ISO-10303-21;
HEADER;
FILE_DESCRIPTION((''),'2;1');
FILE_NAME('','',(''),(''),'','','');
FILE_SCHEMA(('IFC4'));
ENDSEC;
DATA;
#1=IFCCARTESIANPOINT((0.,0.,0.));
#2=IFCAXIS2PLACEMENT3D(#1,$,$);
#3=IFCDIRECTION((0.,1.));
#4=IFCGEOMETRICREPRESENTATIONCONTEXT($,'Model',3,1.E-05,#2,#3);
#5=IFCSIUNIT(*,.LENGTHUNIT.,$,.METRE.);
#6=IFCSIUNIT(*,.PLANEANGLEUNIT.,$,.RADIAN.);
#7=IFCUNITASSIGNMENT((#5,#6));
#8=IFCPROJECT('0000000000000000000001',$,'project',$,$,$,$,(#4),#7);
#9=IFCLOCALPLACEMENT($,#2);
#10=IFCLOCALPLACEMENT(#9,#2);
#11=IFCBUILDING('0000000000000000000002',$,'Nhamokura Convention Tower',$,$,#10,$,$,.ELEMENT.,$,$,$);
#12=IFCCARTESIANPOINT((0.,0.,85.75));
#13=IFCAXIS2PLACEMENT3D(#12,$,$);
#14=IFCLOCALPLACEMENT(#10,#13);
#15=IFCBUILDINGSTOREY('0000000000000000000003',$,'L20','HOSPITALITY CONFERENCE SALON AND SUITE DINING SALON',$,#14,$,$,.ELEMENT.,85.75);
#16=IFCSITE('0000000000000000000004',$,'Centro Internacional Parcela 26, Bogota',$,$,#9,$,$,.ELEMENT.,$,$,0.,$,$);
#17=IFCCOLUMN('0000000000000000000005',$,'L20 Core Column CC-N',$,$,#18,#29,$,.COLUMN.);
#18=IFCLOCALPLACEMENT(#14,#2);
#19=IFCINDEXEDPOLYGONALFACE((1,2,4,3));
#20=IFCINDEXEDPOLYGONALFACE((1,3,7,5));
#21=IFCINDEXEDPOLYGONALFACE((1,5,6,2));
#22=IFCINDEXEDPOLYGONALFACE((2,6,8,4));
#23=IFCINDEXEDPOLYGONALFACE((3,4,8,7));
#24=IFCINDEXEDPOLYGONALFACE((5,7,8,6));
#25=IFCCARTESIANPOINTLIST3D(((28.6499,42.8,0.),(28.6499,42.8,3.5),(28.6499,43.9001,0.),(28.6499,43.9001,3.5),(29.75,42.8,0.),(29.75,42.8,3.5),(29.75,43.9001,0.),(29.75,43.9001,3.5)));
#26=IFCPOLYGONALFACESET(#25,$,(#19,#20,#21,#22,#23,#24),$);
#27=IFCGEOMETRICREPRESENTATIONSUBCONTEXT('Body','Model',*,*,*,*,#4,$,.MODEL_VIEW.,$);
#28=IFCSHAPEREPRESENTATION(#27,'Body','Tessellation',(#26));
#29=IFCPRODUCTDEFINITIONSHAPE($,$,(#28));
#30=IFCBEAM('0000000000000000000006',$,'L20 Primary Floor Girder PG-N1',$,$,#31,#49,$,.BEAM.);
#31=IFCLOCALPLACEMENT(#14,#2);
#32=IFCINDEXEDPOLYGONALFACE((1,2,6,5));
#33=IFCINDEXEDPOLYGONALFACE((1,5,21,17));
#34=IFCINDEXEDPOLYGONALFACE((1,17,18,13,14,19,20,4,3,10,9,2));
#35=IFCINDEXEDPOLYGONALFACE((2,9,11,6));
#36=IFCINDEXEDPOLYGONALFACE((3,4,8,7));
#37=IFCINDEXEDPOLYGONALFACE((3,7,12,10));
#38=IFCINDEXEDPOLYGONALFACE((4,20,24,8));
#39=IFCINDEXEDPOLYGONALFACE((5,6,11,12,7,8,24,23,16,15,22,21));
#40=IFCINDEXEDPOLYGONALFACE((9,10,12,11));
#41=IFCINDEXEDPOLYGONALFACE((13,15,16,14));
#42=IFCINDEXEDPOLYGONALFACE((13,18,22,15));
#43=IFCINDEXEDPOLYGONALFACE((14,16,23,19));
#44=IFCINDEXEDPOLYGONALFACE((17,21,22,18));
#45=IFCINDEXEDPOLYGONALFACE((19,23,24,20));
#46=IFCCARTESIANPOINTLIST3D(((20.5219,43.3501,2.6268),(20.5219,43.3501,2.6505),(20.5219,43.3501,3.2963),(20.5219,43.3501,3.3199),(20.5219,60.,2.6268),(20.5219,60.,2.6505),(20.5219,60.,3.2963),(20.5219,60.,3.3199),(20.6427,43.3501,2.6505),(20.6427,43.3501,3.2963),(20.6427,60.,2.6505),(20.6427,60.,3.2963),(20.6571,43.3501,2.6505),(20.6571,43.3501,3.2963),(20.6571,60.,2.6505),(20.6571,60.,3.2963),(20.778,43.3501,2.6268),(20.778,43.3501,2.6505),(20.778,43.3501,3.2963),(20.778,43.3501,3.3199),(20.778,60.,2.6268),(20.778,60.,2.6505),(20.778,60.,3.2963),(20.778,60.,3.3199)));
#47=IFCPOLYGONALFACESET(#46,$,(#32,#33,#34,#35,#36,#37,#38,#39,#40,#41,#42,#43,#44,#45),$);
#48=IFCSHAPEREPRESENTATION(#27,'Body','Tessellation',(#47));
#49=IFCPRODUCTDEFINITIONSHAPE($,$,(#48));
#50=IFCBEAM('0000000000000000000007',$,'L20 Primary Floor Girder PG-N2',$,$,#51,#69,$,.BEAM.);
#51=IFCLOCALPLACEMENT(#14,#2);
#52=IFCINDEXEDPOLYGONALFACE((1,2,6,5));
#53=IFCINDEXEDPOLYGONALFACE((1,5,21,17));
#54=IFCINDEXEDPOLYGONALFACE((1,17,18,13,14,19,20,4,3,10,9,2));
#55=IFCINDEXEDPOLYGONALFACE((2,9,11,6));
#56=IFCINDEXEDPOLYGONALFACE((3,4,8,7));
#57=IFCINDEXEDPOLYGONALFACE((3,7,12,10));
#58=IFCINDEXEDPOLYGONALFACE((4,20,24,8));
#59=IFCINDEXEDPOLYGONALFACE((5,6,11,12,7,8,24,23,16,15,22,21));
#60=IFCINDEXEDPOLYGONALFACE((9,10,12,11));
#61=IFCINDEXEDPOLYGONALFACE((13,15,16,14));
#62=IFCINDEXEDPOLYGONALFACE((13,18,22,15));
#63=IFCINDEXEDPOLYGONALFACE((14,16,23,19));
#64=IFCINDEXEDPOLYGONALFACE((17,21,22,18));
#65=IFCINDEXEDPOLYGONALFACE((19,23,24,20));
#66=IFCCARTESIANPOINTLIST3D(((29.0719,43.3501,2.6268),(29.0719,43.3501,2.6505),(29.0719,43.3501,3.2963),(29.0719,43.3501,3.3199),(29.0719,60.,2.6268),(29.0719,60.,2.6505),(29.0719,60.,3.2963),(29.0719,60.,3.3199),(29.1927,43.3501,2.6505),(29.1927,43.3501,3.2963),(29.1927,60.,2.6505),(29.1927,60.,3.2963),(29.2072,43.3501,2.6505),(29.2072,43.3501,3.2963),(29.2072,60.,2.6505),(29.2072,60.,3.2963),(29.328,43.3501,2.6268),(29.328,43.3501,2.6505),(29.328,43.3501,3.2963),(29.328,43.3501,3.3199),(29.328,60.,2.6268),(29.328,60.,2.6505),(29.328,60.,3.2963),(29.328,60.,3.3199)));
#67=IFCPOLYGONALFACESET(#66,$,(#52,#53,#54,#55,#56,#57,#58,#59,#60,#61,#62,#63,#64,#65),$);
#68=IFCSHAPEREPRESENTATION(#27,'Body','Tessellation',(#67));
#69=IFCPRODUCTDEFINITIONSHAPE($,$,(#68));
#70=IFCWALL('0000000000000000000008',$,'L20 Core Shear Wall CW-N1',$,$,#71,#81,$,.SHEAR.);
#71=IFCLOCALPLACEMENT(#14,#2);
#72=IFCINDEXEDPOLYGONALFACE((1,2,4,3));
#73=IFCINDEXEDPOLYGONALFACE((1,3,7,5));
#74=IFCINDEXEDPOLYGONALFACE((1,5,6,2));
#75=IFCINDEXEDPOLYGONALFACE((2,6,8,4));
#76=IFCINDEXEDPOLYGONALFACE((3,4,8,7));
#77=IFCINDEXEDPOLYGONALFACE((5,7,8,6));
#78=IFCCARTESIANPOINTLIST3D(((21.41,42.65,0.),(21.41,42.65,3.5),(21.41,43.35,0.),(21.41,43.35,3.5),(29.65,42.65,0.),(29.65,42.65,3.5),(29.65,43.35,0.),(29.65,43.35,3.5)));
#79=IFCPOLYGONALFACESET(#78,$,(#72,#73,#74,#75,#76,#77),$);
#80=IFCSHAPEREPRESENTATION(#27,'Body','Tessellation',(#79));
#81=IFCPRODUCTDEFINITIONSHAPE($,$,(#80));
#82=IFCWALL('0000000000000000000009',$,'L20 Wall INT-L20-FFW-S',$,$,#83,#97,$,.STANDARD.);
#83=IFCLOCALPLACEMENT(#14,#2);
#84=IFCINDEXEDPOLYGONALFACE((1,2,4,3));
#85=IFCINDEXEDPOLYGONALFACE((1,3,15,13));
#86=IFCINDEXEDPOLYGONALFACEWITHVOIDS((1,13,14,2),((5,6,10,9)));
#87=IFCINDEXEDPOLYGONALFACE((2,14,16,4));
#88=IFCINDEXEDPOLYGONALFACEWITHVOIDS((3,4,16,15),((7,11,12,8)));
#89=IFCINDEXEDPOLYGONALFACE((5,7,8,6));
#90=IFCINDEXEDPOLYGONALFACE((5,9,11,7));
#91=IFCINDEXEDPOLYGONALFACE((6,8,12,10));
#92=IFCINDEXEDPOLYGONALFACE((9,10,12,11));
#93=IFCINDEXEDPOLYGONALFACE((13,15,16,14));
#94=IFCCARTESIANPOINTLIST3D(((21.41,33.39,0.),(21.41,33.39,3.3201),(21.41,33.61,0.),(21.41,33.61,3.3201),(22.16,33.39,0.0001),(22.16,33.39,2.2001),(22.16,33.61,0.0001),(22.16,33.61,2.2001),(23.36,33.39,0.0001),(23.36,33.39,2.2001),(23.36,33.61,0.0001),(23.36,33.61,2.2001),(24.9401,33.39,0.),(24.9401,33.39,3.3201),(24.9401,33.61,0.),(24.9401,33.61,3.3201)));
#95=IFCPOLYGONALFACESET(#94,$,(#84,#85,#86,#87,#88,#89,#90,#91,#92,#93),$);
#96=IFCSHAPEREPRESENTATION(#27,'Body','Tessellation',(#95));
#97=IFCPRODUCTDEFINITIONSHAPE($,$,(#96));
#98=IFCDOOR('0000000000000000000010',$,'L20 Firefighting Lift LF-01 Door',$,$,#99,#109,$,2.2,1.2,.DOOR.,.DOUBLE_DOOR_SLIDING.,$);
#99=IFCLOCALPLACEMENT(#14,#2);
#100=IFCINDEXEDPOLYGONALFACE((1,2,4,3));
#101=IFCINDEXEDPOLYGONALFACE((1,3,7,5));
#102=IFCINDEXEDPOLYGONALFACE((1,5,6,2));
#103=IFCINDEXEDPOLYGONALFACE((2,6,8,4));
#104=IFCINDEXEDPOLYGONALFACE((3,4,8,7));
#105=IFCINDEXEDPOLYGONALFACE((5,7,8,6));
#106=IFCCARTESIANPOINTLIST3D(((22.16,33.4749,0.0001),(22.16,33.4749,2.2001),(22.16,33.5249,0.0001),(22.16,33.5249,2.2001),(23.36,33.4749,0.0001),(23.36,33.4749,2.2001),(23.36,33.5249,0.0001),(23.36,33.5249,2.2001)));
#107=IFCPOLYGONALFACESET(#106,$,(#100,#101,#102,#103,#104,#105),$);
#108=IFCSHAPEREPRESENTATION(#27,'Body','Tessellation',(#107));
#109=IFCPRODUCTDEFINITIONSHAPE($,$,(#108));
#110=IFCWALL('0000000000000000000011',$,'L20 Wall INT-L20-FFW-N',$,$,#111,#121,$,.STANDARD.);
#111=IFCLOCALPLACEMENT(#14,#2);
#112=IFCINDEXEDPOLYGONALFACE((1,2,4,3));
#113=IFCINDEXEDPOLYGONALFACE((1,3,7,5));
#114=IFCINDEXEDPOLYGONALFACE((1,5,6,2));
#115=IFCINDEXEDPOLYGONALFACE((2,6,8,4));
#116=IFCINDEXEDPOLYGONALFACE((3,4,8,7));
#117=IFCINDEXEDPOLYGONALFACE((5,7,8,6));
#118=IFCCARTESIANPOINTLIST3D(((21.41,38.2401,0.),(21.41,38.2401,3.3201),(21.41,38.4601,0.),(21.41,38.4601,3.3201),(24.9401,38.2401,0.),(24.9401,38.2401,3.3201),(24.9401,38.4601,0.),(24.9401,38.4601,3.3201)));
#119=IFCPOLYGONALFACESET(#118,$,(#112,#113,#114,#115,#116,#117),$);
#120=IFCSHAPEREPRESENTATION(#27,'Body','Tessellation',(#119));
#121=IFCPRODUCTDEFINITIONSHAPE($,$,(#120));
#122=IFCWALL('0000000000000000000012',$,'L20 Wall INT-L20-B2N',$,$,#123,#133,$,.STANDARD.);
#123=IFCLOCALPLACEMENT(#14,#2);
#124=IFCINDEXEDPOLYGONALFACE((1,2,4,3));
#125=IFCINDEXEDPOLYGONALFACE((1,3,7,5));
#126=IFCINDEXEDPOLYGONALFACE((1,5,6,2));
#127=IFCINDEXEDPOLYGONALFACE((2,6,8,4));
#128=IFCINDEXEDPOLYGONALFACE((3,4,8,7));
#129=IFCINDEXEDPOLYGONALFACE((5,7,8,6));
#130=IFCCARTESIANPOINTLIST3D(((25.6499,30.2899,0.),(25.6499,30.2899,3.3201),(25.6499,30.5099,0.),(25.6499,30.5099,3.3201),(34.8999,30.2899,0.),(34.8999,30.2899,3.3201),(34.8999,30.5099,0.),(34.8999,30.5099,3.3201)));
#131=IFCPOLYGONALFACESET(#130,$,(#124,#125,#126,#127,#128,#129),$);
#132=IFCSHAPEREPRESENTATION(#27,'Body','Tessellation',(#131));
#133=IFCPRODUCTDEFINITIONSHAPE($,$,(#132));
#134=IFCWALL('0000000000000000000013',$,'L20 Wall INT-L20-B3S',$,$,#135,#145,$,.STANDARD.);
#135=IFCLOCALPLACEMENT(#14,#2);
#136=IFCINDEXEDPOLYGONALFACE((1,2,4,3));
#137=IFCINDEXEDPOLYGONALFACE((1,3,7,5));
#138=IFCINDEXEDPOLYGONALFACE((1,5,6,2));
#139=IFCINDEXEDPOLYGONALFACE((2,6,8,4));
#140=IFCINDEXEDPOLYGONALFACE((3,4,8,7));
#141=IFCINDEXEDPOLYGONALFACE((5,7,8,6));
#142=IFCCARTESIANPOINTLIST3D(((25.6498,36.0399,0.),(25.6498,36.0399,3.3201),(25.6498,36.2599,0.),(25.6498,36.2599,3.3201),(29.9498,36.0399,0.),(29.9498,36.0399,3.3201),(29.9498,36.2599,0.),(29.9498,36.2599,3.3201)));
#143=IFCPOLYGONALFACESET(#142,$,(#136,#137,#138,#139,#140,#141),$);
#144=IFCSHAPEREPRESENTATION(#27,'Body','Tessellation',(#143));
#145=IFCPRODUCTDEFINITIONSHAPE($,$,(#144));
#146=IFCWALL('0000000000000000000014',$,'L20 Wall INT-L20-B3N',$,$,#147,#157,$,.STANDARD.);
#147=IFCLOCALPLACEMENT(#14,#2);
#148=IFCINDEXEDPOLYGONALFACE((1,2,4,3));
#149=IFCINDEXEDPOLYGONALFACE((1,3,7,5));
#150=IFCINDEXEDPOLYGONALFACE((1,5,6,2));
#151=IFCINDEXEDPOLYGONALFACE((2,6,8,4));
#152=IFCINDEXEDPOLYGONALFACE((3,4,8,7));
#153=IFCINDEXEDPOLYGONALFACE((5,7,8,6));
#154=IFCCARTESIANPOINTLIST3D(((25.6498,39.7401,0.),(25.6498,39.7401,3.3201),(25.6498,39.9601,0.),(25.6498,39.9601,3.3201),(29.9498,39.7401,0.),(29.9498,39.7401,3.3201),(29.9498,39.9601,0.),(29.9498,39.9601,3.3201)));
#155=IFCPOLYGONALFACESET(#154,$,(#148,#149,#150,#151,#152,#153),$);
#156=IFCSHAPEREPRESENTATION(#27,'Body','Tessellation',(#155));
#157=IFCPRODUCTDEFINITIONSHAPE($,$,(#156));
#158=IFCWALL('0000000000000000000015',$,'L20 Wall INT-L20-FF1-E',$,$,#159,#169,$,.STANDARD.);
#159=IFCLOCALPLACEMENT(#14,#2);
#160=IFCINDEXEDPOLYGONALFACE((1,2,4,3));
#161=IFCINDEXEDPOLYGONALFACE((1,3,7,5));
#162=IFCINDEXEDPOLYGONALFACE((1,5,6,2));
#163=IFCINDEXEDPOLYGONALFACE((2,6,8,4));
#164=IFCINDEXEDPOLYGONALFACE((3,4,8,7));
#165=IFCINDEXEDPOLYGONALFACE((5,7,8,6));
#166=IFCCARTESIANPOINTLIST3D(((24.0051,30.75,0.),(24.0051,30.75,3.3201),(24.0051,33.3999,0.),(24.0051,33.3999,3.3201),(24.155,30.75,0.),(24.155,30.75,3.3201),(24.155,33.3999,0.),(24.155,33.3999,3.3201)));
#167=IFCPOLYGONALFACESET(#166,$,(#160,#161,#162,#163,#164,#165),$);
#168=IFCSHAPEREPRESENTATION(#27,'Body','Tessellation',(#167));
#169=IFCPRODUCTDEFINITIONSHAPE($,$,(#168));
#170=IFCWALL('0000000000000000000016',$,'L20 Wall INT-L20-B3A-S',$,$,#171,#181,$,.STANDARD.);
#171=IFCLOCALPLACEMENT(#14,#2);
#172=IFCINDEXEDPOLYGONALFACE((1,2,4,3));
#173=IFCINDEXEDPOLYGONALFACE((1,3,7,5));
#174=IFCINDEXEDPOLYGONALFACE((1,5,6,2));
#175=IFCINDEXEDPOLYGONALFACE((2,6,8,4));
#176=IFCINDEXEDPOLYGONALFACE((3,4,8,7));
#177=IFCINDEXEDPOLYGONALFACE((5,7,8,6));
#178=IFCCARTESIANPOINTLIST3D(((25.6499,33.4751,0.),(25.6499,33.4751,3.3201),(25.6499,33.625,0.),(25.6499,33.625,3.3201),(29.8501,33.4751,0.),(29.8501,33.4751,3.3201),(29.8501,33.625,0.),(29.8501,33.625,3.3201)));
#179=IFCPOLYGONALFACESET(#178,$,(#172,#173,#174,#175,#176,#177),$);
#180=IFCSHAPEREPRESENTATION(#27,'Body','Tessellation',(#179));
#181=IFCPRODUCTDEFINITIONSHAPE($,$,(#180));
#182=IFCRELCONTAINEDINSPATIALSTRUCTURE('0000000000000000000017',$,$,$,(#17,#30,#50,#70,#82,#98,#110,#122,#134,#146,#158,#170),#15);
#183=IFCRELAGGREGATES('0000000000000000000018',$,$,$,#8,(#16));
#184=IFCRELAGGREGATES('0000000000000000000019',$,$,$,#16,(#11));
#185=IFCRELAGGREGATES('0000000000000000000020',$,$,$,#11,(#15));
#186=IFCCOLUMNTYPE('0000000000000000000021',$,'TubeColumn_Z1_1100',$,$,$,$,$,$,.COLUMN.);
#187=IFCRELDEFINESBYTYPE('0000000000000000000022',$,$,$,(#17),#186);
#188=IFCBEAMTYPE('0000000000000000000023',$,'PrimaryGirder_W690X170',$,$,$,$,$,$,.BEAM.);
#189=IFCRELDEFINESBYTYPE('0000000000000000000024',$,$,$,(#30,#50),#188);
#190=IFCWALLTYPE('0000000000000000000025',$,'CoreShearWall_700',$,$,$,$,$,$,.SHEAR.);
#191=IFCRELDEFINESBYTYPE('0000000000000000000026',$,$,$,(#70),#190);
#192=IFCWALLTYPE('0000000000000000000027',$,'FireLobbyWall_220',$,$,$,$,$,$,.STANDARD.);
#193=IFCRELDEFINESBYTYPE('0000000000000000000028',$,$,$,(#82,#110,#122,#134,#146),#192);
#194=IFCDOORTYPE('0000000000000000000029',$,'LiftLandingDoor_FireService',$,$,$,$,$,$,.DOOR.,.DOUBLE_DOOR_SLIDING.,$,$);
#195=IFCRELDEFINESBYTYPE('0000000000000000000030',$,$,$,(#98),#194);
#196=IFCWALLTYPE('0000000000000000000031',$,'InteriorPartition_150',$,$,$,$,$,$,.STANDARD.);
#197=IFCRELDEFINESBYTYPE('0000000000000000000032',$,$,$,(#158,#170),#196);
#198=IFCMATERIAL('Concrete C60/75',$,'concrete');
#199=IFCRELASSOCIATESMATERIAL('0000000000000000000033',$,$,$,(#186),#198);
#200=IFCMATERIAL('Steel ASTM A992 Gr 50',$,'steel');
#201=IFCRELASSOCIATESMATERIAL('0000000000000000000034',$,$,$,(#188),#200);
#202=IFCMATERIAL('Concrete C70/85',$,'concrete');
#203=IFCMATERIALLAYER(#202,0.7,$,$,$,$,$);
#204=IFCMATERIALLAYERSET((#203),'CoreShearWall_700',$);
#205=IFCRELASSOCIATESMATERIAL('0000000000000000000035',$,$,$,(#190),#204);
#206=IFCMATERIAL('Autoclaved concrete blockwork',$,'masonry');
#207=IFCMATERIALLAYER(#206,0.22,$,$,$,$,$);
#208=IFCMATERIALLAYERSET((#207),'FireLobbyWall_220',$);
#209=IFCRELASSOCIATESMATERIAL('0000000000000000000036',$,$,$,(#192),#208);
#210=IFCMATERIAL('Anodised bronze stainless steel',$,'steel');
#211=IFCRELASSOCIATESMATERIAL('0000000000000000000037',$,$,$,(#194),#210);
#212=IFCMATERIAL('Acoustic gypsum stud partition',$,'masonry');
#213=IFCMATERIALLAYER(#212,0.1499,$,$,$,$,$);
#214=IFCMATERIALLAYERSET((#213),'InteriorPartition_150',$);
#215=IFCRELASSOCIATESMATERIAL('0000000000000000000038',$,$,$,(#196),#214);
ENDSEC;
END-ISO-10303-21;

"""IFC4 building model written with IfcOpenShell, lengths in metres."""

from ifc_helpers import new_model, si_unit, direction, frame, frame_2d, origin, origin_2d, place, context, subcontext, project, spatial, rectangle, i_section, extrude, material, layer, layer_set, material_profile, profile_set, type_object, element, fill, save


model = new_model("IFC4")

# Units and contexts
model_context = context("Model", 3, precision=1e-05, world=origin(), true_north=direction((0.0, 1.0)))
body_context = subcontext(model_context, "Body", "Model", "MODEL_VIEW")
ifc_project = project(units=[si_unit("LENGTHUNIT", "METRE"), si_unit("PLANEANGLEUNIT", "RADIAN")], contexts=[model_context])

# Site, building, storey
site_placement = place(None, origin())
site = spatial("IfcSite", under=ifc_project, at=site_placement, Name="Centro Internacional Parcela 26, Bogota", CompositionType="ELEMENT", RefElevation=0.0)
building_placement = place(site_placement, origin())
building = spatial("IfcBuilding", under=site, at=building_placement, Name="Nhamokura Convention Tower", CompositionType="ELEMENT")
storey_placement = place(building_placement, frame((0.0, 0.0, 85.75)))
storey = spatial("IfcBuildingStorey", under=building, at=storey_placement, Name="L20", Description="HOSPITALITY CONFERENCE SALON AND SUITE DINING SALON", CompositionType="ELEMENT", Elevation=85.75)

# Column
ifc_material_1 = material(Name="Concrete C60/75", Category="concrete")
ifc_material_profile_1 = material_profile(ifc_material_1, rectangle(XDim=1.1001, YDim=1.1001, at=origin_2d()))
ifc_profile_set_1 = profile_set([ifc_material_profile_1], Name="Concrete C60/75")
column_type = type_object("IfcColumnType", Name="TubeColumn_Z1_1100", PredefinedType="COLUMN", material=ifc_profile_set_1)
column_placement = place(storey_placement, frame((29.2, 43.3501, 0.0), z_axis=(0.0, 0.0, 1.0), x_axis=(1.0, 0.0, 0.0)))
element("IfcColumn", 1, at=column_placement, inside=storey, type_object=column_type, Name="L20 Core Column CC-N", PredefinedType="COLUMN", context=body_context, shape_type="SweptSolid", body=[
    extrude(rectangle(XDim=1.1001, YDim=1.1001, at=origin_2d()), origin(), (0.0, 0.0, 1.0), 3.5),
])

# Beams
ifc_material_2 = material(Name="Steel ASTM A992 Gr 50", Category="steel")
ifc_material_profile_2 = material_profile(ifc_material_2, i_section(OverallWidth=0.2561, OverallDepth=0.6931, WebThickness=0.0144, FlangeThickness=0.0237, at=origin_2d()))
ifc_profile_set_2 = profile_set([ifc_material_profile_2], Name="Steel ASTM A992 Gr 50")
beam_type = type_object("IfcBeamType", Name="PrimaryGirder_W690X170", PredefinedType="BEAM", material=ifc_profile_set_2)
for number, where, z_axis, x_axis, name in (
    (2, (20.6499, 43.3501, 2.9734), (0.0, 1.0, 0.0), (-1.0, 0.0, 0.0), "L20 Primary Floor Girder PG-N1"),
    (3, (29.2, 43.3501, 2.9734), (0.0, 1.0, 0.0), (-1.0, 0.0, 0.0), "L20 Primary Floor Girder PG-N2"),
):
    element("IfcBeam", number, at=place(storey_placement, frame(where, z_axis=z_axis, x_axis=x_axis)), inside=storey, type_object=beam_type, Name=name, PredefinedType="BEAM", context=body_context, shape_type="SweptSolid", body=[
        extrude(i_section(OverallWidth=0.2561, OverallDepth=0.6931, WebThickness=0.0144, FlangeThickness=0.0237, at=origin_2d()), origin(), (0.0, 0.0, 1.0), 16.6499),
    ])

# Shared definitions
ifc_material_3 = material(Name="Concrete C70/85", Category="concrete")
ifc_layer_1 = layer(ifc_material_3, 0.7)
ifc_layer_set_1 = layer_set([ifc_layer_1], Name="CoreShearWall_700")
wall_type_1 = type_object("IfcWallType", Name="CoreShearWall_700", PredefinedType="SHEAR", material=ifc_layer_set_1)

# Wall
wall_1_placement = place(storey_placement, frame((21.4099, 43.0, 0.0), z_axis=(0.0, 0.0, 1.0), x_axis=(1.0, 0.0, 0.0)))
element("IfcWall", 4, at=wall_1_placement, inside=storey, type_object=wall_type_1, Name="L20 Core Shear Wall CW-N1", PredefinedType="SHEAR", context=body_context, shape_type="SweptSolid", body=[
    extrude(rectangle(XDim=8.24, YDim=0.7, at=frame_2d((4.1201, 0.0))), origin(), (0.0, 0.0, 1.0), 3.5),
])

# Wall, opening, door
ifc_material_4 = material(Name="Autoclaved concrete blockwork", Category="masonry")
ifc_layer_2 = layer(ifc_material_4, 0.22)
ifc_layer_set_2 = layer_set([ifc_layer_2], Name="FireLobbyWall_220")
wall_type_2 = type_object("IfcWallType", Name="FireLobbyWall_220", PredefinedType="STANDARD", material=ifc_layer_set_2)
wall_2_placement = place(storey_placement, frame((21.4099, 33.5, 0.0), z_axis=(0.0, 0.0, 1.0), x_axis=(1.0, 0.0, 0.0)))
wall_2 = element("IfcWall", 5, at=wall_2_placement, inside=storey, type_object=wall_type_2, Name="L20 Wall INT-L20-FFW-S", PredefinedType="STANDARD", context=body_context, shape_type="SweptSolid", body=[
    extrude(rectangle(XDim=3.53, YDim=0.22, at=frame_2d((1.7651, 0.0))), origin(), (0.0, 0.0, 1.0), 3.3201),
])
opening_1_placement = place(wall_2_placement, frame((0.75, 0.0, 0.0)))
opening_1 = element("IfcOpeningElement", 6, at=opening_1_placement, cuts=wall_2, PredefinedType="OPENING", context=body_context, shape_type="SweptSolid", body=[
    extrude(rectangle(XDim=1.2, YDim=2.2, at=frame_2d((0.6001, 1.1001))), frame((0.0, 0.1199, 0.0), z_axis=(0.0, -1.0, 0.0), x_axis=(1.0, 0.0, 0.0)), (0.0, 0.0, 1.0), 0.24),
])
ifc_material_5 = material(Name="Anodised bronze stainless steel", Category="steel")
door_type_1 = type_object("IfcDoorType", Name="LiftLandingDoor_FireService", OperationType="DOUBLE_DOOR_SLIDING", PredefinedType="DOOR", material=ifc_material_5)
door_1_placement = place(opening_1_placement, origin())
door_1 = element("IfcDoor", 7, at=door_1_placement, inside=storey, type_object=door_type_1, Name="L20 Firefighting Lift LF-01 Door", OperationType="DOUBLE_DOOR_SLIDING", OverallHeight=2.2, OverallWidth=1.2, PredefinedType="DOOR", context=body_context, shape_type="SweptSolid", body=[
    extrude(rectangle(XDim=1.2, YDim=2.2, at=frame_2d((0.6001, 1.1001))), frame((0.0, 0.0249, 0.0), z_axis=(0.0, -1.0, 0.0), x_axis=(1.0, 0.0, 0.0)), (0.0, 0.0, 1.0), 0.05),
])
fill(opening_1, door_1)

# Walls
wall_3_placement = place(storey_placement, frame((21.4099, 38.3501, 0.0), z_axis=(0.0, 0.0, 1.0), x_axis=(1.0, 0.0, 0.0)))
element("IfcWall", 8, at=wall_3_placement, inside=storey, type_object=wall_type_2, Name="L20 Wall INT-L20-FFW-N", PredefinedType="STANDARD", context=body_context, shape_type="SweptSolid", body=[
    extrude(rectangle(XDim=3.53, YDim=0.22, at=frame_2d((1.7651, 0.0))), origin(), (0.0, 0.0, 1.0), 3.3201),
])
wall_4_placement = place(storey_placement, frame((25.6499, 30.3999, 0.0), z_axis=(0.0, 0.0, 1.0), x_axis=(1.0, 0.0, 0.0)))
element("IfcWall", 9, at=wall_4_placement, inside=storey, type_object=wall_type_2, Name="L20 Wall INT-L20-B2N", PredefinedType="STANDARD", context=body_context, shape_type="SweptSolid", body=[
    extrude(rectangle(XDim=9.25, YDim=0.22, at=frame_2d((4.625, 0.0))), origin(), (0.0, 0.0, 1.0), 3.3201),
])
for number, where, z_axis, x_axis, name in (
    (10, (25.6499, 36.1499, 0.0), (0.0, 0.0, 1.0), (1.0, 0.0, 0.0), "L20 Wall INT-L20-B3S"),
    (11, (25.6499, 39.8501, 0.0), (0.0, 0.0, 1.0), (1.0, 0.0, 0.0), "L20 Wall INT-L20-B3N"),
):
    element("IfcWall", number, at=place(storey_placement, frame(where, z_axis=z_axis, x_axis=x_axis)), inside=storey, type_object=wall_type_2, Name=name, PredefinedType="STANDARD", context=body_context, shape_type="SweptSolid", body=[
        extrude(rectangle(XDim=4.3, YDim=0.22, at=frame_2d((2.1499, 0.0))), origin(), (0.0, 0.0, 1.0), 3.3201),
    ])
ifc_material_6 = material(Name="Acoustic gypsum stud partition", Category="masonry")
ifc_layer_3 = layer(ifc_material_6, 0.1499)
ifc_layer_set_3 = layer_set([ifc_layer_3], Name="InteriorPartition_150")
wall_type_3 = type_object("IfcWallType", Name="InteriorPartition_150", PredefinedType="STANDARD", material=ifc_layer_set_3)
wall_5_placement = place(storey_placement, frame((24.0801, 30.75, 0.0), z_axis=(0.0, 0.0, 1.0), x_axis=(0.0, 1.0, 0.0)))
element("IfcWall", 12, at=wall_5_placement, inside=storey, type_object=wall_type_3, Name="L20 Wall INT-L20-FF1-E", PredefinedType="STANDARD", context=body_context, shape_type="SweptSolid", body=[
    extrude(rectangle(XDim=2.6499, YDim=0.1499, at=frame_2d((1.325, 0.0))), origin(), (0.0, 0.0, 1.0), 3.3201),
])
for number, where, z_axis, x_axis, name in (
    (13, (25.6499, 33.55, 0.0), (0.0, 0.0, 1.0), (1.0, 0.0, 0.0), "L20 Wall INT-L20-B3A-S"),
):
    element("IfcWall", number, at=place(storey_placement, frame(where, z_axis=z_axis, x_axis=x_axis)), inside=storey, type_object=wall_type_3, Name=name, PredefinedType="STANDARD", context=body_context, shape_type="SweptSolid", body=[
        extrude(rectangle(XDim=4.2002, YDim=0.1499, at=frame_2d((2.1001, 0.0))), origin(), (0.0, 0.0, 1.0), 3.3201),
    ])

save(model, "model.ifc")
